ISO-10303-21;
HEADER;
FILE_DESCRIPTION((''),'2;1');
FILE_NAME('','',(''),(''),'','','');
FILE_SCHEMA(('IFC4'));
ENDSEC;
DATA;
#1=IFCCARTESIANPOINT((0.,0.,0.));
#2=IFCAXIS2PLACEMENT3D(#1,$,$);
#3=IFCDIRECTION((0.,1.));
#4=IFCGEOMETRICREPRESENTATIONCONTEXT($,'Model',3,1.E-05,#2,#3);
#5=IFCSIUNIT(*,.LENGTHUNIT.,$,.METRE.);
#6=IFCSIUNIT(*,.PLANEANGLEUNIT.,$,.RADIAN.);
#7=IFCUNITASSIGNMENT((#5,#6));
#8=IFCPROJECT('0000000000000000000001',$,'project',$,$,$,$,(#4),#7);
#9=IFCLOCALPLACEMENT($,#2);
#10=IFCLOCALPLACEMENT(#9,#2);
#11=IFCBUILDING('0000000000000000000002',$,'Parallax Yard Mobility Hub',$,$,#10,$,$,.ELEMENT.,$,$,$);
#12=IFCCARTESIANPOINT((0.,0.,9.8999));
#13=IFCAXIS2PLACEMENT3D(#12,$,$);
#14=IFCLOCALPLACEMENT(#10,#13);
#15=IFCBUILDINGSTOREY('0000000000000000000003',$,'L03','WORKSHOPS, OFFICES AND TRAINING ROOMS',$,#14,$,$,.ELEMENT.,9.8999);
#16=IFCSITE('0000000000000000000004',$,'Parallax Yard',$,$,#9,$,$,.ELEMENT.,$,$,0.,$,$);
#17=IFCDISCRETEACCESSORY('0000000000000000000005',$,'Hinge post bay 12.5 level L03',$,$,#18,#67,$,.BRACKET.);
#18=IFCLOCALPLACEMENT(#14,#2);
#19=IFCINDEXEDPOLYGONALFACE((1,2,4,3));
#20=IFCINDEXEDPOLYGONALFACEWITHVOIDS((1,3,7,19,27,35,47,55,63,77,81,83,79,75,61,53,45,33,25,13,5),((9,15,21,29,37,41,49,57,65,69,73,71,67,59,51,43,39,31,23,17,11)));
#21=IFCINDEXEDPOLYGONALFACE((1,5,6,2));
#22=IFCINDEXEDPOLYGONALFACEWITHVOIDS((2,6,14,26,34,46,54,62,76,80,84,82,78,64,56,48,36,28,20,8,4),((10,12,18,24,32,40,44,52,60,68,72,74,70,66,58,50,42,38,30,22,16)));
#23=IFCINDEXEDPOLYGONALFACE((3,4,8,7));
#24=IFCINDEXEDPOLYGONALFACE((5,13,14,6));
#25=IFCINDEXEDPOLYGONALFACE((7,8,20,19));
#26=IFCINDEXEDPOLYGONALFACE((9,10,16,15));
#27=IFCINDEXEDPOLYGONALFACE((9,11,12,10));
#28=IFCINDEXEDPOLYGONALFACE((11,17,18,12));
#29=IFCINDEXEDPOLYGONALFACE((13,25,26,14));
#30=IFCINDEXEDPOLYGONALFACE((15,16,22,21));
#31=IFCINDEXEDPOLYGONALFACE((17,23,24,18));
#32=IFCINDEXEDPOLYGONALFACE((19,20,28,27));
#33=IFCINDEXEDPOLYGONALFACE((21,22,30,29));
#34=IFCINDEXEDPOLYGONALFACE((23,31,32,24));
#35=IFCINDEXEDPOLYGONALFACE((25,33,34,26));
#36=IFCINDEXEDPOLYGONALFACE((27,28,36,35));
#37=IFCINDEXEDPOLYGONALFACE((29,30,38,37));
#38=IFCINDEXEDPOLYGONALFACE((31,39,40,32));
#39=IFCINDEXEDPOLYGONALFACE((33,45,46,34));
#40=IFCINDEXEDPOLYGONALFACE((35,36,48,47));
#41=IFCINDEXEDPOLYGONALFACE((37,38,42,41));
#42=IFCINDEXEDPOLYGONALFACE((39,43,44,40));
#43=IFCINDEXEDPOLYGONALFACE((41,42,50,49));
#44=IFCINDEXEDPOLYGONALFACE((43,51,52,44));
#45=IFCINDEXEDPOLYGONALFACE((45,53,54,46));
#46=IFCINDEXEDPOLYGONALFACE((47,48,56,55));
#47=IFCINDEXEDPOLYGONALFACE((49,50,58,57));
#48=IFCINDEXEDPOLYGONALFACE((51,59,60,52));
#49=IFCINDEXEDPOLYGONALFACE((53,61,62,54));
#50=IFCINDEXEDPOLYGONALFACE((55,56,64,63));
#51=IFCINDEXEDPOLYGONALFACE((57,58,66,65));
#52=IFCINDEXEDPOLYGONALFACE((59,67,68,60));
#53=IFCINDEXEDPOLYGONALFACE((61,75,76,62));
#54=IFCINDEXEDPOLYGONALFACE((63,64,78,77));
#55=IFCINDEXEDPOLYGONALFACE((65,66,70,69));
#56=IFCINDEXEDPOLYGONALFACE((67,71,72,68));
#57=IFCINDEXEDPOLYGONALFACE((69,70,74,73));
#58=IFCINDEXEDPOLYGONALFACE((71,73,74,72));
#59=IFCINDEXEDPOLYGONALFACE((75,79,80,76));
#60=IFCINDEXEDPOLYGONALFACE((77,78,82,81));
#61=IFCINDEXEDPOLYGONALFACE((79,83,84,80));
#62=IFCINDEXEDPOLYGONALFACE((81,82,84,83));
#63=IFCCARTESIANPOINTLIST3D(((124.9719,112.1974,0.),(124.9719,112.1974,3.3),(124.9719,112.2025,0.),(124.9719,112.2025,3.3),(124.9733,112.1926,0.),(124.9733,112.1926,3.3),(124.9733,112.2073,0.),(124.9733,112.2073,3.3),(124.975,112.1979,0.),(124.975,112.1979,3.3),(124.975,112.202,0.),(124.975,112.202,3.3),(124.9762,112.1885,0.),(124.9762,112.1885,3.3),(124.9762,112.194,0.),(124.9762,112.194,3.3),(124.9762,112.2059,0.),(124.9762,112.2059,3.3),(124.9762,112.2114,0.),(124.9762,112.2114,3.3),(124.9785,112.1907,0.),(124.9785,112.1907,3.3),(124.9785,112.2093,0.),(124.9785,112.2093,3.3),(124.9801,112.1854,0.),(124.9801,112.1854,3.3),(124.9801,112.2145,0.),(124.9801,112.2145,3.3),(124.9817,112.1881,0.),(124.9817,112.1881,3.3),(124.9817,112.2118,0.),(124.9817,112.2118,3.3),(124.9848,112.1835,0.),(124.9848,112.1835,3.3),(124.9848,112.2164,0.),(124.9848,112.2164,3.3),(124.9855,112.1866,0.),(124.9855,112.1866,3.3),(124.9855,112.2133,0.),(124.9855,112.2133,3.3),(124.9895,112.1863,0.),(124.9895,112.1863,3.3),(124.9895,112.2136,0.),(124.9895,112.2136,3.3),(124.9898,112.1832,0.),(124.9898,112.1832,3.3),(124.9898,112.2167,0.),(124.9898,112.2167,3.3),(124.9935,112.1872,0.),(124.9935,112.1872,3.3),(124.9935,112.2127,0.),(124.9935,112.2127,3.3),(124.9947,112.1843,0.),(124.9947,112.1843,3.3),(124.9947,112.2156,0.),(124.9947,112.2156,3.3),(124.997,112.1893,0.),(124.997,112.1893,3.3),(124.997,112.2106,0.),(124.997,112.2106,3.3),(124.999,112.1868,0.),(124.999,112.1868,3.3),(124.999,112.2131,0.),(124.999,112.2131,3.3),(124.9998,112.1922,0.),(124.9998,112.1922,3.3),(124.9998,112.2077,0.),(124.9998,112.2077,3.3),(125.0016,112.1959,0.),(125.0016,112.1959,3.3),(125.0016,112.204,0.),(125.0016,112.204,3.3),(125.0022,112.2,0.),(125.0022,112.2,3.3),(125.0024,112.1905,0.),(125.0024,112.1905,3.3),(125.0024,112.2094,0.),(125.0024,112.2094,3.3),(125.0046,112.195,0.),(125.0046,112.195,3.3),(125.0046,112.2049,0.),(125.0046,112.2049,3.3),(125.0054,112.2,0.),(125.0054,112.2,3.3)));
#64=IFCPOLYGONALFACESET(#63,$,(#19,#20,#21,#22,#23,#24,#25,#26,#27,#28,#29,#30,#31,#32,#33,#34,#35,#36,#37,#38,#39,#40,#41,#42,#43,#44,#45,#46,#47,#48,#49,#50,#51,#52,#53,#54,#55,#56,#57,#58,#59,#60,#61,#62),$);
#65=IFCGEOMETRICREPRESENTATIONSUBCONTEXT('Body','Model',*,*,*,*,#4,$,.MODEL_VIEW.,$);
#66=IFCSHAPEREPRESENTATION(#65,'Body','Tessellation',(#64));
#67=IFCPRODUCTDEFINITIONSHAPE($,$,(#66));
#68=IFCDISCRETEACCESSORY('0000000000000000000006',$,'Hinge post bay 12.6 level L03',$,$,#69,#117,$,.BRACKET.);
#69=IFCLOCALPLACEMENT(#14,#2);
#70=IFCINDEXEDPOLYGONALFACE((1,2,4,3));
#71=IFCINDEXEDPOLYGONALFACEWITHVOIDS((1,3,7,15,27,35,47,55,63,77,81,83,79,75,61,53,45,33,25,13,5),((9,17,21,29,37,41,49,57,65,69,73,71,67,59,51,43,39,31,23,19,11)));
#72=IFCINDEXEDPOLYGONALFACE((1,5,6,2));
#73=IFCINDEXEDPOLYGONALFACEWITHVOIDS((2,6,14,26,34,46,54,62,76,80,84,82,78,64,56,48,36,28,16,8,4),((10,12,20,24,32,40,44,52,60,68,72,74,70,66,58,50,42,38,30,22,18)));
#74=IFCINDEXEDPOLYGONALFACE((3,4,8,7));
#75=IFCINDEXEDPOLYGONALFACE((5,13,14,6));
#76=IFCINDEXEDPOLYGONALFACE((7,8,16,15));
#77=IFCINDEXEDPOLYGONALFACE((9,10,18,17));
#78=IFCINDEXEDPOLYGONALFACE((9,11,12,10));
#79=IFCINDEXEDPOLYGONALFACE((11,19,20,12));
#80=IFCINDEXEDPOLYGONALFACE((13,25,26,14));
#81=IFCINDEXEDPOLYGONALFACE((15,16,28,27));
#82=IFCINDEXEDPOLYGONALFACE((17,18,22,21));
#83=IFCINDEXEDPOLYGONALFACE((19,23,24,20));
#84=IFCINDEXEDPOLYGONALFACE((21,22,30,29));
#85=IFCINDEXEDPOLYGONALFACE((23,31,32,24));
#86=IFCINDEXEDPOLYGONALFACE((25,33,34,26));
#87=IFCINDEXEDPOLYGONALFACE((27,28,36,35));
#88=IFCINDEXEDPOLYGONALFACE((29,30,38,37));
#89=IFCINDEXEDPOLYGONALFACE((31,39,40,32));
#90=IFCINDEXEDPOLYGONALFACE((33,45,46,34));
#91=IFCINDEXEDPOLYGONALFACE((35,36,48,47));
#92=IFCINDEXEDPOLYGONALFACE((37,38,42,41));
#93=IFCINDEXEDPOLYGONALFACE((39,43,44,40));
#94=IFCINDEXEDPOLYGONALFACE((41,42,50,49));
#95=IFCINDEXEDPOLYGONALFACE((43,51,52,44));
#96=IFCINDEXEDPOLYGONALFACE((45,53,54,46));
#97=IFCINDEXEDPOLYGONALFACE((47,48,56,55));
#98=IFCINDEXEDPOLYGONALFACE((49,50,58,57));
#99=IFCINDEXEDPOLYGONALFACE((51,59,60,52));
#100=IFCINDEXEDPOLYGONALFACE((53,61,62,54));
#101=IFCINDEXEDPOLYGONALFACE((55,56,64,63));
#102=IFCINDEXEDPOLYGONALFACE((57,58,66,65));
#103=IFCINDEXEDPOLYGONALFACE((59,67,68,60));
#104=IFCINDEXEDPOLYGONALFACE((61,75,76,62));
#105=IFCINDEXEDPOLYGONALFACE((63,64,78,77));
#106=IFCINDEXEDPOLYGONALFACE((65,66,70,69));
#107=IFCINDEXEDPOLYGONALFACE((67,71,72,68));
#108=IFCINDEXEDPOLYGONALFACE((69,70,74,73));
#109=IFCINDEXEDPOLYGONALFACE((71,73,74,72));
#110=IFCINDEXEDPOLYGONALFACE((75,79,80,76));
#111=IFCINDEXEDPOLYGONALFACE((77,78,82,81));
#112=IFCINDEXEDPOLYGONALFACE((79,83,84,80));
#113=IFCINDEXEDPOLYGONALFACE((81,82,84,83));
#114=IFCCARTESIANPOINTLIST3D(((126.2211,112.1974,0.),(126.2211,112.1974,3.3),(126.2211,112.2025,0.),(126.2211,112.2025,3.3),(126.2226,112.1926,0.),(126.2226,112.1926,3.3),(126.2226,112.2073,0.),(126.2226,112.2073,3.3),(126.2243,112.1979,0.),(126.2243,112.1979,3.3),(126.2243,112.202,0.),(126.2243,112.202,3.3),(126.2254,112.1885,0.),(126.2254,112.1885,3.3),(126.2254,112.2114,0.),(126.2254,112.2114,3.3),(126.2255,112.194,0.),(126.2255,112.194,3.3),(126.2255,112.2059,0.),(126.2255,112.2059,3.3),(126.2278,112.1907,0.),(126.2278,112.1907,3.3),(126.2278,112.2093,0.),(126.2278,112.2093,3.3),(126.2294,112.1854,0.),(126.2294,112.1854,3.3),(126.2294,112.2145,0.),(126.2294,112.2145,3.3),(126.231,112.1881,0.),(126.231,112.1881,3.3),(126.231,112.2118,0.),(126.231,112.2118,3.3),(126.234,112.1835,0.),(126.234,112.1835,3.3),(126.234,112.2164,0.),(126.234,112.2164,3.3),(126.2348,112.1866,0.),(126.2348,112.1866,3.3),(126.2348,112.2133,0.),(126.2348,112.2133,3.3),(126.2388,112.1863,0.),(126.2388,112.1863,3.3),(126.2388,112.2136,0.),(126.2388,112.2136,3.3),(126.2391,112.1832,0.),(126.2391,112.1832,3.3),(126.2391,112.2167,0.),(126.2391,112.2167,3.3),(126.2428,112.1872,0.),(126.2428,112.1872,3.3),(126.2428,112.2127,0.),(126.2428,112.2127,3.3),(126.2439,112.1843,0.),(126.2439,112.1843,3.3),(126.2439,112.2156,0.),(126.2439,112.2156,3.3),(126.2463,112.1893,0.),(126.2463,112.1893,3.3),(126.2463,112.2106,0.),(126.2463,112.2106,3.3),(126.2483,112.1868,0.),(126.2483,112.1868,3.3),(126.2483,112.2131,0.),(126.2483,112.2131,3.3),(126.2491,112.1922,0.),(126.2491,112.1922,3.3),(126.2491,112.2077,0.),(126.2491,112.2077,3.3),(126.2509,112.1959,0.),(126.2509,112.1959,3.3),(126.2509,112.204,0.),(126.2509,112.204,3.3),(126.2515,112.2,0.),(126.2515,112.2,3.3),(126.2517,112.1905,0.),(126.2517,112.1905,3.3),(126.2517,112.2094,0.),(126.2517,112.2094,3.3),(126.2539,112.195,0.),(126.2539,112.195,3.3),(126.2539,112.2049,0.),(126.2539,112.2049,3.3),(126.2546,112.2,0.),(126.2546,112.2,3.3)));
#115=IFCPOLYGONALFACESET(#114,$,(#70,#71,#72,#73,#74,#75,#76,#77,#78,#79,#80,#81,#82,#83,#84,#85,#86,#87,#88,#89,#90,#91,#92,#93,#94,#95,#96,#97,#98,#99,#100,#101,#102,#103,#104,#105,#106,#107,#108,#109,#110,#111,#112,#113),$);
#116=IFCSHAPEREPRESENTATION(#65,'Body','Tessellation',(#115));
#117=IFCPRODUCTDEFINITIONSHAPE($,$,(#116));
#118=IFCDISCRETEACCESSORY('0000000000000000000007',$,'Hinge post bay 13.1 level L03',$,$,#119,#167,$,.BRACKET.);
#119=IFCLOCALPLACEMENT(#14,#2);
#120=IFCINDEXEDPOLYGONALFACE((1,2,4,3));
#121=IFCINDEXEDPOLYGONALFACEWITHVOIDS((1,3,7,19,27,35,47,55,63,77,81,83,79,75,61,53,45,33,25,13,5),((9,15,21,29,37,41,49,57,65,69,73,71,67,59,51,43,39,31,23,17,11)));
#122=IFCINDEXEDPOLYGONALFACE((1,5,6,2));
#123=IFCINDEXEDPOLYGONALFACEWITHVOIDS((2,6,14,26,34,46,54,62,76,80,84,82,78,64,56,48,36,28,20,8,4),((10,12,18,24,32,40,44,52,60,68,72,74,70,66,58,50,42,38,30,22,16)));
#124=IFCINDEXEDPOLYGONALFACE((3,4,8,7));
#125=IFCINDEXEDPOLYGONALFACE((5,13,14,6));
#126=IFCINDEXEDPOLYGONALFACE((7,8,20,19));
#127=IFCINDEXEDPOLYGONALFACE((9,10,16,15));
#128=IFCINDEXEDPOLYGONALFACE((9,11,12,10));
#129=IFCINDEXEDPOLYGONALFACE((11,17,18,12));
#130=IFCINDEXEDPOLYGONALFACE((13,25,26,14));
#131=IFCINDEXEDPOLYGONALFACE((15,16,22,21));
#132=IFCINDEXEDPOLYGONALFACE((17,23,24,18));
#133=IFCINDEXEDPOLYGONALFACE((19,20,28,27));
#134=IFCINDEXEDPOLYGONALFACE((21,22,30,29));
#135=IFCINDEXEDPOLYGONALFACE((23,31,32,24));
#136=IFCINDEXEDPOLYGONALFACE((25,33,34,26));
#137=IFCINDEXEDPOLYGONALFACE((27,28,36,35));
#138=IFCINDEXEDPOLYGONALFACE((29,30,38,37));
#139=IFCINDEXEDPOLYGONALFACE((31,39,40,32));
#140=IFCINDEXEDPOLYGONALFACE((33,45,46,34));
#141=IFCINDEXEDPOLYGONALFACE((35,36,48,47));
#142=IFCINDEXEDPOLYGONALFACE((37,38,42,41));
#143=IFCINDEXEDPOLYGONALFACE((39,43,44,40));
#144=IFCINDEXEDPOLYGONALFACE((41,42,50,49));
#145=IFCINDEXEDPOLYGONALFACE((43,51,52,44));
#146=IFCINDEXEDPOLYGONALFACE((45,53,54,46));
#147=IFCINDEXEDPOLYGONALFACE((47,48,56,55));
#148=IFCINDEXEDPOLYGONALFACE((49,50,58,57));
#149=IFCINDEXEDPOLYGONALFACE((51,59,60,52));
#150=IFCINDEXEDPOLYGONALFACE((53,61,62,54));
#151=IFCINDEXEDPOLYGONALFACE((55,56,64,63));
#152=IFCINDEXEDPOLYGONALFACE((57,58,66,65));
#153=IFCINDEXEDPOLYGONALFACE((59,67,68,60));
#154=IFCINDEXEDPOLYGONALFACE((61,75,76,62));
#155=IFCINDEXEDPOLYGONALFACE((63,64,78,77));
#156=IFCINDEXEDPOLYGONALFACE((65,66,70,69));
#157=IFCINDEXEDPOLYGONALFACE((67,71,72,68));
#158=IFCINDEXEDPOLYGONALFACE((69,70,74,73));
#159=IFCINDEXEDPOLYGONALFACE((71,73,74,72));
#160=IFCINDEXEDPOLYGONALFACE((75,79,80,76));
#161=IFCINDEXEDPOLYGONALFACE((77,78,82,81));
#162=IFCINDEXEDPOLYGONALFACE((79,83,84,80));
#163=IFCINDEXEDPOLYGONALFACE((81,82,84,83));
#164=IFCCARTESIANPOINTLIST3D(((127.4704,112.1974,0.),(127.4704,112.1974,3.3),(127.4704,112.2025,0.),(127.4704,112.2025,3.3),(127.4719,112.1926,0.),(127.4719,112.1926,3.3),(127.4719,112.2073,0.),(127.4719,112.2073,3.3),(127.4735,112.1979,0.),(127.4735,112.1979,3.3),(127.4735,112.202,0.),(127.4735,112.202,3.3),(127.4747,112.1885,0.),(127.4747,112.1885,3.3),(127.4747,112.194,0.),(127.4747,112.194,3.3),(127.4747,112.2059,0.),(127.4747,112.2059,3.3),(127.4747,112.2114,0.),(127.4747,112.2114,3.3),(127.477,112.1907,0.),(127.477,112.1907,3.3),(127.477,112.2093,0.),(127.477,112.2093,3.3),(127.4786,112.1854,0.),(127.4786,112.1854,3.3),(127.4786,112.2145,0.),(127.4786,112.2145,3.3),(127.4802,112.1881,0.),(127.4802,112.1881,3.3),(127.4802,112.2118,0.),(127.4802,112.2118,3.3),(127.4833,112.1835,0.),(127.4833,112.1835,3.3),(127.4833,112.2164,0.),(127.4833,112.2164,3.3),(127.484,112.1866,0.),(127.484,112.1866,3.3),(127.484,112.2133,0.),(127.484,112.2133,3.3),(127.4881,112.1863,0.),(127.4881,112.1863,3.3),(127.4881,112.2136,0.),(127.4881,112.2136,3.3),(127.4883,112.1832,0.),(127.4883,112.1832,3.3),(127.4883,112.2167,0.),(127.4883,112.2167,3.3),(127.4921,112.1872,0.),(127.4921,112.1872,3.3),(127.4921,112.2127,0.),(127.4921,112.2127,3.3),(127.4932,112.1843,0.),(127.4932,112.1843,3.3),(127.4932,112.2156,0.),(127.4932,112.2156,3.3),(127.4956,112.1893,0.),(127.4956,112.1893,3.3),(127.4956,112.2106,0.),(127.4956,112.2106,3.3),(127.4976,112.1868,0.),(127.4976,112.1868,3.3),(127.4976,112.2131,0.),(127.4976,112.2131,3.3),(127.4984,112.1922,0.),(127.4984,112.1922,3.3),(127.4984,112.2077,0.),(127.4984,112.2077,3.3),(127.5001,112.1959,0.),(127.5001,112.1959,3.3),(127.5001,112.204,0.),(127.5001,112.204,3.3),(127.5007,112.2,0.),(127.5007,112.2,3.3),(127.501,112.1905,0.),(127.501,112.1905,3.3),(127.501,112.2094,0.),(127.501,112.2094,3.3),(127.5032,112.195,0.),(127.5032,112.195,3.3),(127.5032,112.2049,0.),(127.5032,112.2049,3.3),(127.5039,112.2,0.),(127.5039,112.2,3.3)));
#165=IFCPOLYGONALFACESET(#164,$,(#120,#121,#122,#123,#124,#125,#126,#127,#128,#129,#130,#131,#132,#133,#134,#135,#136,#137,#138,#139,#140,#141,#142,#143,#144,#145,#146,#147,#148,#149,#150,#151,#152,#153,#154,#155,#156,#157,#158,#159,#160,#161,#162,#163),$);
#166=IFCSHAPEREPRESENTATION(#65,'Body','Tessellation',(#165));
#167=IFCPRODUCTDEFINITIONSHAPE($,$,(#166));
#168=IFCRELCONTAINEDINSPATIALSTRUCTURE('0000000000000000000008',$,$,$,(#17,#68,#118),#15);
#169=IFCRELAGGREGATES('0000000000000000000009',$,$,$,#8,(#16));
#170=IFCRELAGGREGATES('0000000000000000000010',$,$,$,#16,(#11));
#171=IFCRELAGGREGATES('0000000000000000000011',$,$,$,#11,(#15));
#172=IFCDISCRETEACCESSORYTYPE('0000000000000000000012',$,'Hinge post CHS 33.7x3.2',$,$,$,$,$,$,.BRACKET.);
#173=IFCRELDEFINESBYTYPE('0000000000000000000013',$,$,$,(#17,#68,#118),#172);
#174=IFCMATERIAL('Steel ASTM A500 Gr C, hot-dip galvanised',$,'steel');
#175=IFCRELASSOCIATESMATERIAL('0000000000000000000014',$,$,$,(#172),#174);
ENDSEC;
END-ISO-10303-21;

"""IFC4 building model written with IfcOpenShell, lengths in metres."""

from ifc_helpers import new_model, si_unit, direction, frame, origin, origin_2d, place, context, subcontext, project, spatial, hollow_circle, extrude, material, material_profile, profile_set, type_object, element, save


model = new_model("IFC4")

# Units and contexts
model_context = context("Model", 3, precision=1e-05, world=origin(), true_north=direction((0.0, 1.0)))
body_context = subcontext(model_context, "Body", "Model", "MODEL_VIEW")
ifc_project = project(units=[si_unit("LENGTHUNIT", "METRE"), si_unit("PLANEANGLEUNIT", "RADIAN")], contexts=[model_context])

# Site, building, storey
site_placement = place(None, origin())
site = spatial("IfcSite", under=ifc_project, at=site_placement, Name="Parallax Yard", CompositionType="ELEMENT", RefElevation=0.0)
building_placement = place(site_placement, origin())
building = spatial("IfcBuilding", under=site, at=building_placement, Name="Parallax Yard Mobility Hub", CompositionType="ELEMENT")
storey_placement = place(building_placement, frame((0.0, 0.0, 9.8999)))
storey = spatial("IfcBuildingStorey", under=building, at=storey_placement, Name="L03", Description="WORKSHOPS, OFFICES AND TRAINING ROOMS", CompositionType="ELEMENT", Elevation=9.8999)

# Discrete accessories
ifc_material_1 = material(Name="Steel ASTM A500 Gr C, hot-dip galvanised", Category="steel")
ifc_material_profile_1 = material_profile(ifc_material_1, hollow_circle(Radius=0.0168, WallThickness=0.0032, at=origin_2d()), Name="CHS 33.7x3.2")
ifc_profile_set_1 = profile_set([ifc_material_profile_1], Name="Steel ASTM A500 Gr C, hot-dip galvanised")
discrete_accessory_type_1 = type_object("IfcDiscreteAccessoryType", Name="Hinge post CHS 33.7x3.2", PredefinedType="BRACKET", material=ifc_profile_set_1)
for number, where, z_axis, x_axis, name in (
    (1, (124.9885, 112.2, 0.0), (0.0, 0.0, 1.0), (1.0, 0.0, 0.0), "Hinge post bay 12.5 level L03"),
    (2, (126.2378, 112.2, 0.0), (0.0, 0.0, 1.0), (1.0, 0.0, 0.0), "Hinge post bay 12.6 level L03"),
    (3, (127.4871, 112.2, 0.0), (0.0, 0.0, 1.0), (1.0, 0.0, 0.0), "Hinge post bay 13.1 level L03"),
):
    element("IfcDiscreteAccessory", number, at=place(storey_placement, frame(where, z_axis=z_axis, x_axis=x_axis)), inside=storey, type_object=discrete_accessory_type_1, Name=name, PredefinedType="BRACKET", context=body_context, shape_type="SweptSolid", body=[
        extrude(hollow_circle(Radius=0.0168, WallThickness=0.0032, at=origin_2d()), origin(), (0.0, 0.0, 1.0), 3.3),
    ])

save(model, "model.ifc")
